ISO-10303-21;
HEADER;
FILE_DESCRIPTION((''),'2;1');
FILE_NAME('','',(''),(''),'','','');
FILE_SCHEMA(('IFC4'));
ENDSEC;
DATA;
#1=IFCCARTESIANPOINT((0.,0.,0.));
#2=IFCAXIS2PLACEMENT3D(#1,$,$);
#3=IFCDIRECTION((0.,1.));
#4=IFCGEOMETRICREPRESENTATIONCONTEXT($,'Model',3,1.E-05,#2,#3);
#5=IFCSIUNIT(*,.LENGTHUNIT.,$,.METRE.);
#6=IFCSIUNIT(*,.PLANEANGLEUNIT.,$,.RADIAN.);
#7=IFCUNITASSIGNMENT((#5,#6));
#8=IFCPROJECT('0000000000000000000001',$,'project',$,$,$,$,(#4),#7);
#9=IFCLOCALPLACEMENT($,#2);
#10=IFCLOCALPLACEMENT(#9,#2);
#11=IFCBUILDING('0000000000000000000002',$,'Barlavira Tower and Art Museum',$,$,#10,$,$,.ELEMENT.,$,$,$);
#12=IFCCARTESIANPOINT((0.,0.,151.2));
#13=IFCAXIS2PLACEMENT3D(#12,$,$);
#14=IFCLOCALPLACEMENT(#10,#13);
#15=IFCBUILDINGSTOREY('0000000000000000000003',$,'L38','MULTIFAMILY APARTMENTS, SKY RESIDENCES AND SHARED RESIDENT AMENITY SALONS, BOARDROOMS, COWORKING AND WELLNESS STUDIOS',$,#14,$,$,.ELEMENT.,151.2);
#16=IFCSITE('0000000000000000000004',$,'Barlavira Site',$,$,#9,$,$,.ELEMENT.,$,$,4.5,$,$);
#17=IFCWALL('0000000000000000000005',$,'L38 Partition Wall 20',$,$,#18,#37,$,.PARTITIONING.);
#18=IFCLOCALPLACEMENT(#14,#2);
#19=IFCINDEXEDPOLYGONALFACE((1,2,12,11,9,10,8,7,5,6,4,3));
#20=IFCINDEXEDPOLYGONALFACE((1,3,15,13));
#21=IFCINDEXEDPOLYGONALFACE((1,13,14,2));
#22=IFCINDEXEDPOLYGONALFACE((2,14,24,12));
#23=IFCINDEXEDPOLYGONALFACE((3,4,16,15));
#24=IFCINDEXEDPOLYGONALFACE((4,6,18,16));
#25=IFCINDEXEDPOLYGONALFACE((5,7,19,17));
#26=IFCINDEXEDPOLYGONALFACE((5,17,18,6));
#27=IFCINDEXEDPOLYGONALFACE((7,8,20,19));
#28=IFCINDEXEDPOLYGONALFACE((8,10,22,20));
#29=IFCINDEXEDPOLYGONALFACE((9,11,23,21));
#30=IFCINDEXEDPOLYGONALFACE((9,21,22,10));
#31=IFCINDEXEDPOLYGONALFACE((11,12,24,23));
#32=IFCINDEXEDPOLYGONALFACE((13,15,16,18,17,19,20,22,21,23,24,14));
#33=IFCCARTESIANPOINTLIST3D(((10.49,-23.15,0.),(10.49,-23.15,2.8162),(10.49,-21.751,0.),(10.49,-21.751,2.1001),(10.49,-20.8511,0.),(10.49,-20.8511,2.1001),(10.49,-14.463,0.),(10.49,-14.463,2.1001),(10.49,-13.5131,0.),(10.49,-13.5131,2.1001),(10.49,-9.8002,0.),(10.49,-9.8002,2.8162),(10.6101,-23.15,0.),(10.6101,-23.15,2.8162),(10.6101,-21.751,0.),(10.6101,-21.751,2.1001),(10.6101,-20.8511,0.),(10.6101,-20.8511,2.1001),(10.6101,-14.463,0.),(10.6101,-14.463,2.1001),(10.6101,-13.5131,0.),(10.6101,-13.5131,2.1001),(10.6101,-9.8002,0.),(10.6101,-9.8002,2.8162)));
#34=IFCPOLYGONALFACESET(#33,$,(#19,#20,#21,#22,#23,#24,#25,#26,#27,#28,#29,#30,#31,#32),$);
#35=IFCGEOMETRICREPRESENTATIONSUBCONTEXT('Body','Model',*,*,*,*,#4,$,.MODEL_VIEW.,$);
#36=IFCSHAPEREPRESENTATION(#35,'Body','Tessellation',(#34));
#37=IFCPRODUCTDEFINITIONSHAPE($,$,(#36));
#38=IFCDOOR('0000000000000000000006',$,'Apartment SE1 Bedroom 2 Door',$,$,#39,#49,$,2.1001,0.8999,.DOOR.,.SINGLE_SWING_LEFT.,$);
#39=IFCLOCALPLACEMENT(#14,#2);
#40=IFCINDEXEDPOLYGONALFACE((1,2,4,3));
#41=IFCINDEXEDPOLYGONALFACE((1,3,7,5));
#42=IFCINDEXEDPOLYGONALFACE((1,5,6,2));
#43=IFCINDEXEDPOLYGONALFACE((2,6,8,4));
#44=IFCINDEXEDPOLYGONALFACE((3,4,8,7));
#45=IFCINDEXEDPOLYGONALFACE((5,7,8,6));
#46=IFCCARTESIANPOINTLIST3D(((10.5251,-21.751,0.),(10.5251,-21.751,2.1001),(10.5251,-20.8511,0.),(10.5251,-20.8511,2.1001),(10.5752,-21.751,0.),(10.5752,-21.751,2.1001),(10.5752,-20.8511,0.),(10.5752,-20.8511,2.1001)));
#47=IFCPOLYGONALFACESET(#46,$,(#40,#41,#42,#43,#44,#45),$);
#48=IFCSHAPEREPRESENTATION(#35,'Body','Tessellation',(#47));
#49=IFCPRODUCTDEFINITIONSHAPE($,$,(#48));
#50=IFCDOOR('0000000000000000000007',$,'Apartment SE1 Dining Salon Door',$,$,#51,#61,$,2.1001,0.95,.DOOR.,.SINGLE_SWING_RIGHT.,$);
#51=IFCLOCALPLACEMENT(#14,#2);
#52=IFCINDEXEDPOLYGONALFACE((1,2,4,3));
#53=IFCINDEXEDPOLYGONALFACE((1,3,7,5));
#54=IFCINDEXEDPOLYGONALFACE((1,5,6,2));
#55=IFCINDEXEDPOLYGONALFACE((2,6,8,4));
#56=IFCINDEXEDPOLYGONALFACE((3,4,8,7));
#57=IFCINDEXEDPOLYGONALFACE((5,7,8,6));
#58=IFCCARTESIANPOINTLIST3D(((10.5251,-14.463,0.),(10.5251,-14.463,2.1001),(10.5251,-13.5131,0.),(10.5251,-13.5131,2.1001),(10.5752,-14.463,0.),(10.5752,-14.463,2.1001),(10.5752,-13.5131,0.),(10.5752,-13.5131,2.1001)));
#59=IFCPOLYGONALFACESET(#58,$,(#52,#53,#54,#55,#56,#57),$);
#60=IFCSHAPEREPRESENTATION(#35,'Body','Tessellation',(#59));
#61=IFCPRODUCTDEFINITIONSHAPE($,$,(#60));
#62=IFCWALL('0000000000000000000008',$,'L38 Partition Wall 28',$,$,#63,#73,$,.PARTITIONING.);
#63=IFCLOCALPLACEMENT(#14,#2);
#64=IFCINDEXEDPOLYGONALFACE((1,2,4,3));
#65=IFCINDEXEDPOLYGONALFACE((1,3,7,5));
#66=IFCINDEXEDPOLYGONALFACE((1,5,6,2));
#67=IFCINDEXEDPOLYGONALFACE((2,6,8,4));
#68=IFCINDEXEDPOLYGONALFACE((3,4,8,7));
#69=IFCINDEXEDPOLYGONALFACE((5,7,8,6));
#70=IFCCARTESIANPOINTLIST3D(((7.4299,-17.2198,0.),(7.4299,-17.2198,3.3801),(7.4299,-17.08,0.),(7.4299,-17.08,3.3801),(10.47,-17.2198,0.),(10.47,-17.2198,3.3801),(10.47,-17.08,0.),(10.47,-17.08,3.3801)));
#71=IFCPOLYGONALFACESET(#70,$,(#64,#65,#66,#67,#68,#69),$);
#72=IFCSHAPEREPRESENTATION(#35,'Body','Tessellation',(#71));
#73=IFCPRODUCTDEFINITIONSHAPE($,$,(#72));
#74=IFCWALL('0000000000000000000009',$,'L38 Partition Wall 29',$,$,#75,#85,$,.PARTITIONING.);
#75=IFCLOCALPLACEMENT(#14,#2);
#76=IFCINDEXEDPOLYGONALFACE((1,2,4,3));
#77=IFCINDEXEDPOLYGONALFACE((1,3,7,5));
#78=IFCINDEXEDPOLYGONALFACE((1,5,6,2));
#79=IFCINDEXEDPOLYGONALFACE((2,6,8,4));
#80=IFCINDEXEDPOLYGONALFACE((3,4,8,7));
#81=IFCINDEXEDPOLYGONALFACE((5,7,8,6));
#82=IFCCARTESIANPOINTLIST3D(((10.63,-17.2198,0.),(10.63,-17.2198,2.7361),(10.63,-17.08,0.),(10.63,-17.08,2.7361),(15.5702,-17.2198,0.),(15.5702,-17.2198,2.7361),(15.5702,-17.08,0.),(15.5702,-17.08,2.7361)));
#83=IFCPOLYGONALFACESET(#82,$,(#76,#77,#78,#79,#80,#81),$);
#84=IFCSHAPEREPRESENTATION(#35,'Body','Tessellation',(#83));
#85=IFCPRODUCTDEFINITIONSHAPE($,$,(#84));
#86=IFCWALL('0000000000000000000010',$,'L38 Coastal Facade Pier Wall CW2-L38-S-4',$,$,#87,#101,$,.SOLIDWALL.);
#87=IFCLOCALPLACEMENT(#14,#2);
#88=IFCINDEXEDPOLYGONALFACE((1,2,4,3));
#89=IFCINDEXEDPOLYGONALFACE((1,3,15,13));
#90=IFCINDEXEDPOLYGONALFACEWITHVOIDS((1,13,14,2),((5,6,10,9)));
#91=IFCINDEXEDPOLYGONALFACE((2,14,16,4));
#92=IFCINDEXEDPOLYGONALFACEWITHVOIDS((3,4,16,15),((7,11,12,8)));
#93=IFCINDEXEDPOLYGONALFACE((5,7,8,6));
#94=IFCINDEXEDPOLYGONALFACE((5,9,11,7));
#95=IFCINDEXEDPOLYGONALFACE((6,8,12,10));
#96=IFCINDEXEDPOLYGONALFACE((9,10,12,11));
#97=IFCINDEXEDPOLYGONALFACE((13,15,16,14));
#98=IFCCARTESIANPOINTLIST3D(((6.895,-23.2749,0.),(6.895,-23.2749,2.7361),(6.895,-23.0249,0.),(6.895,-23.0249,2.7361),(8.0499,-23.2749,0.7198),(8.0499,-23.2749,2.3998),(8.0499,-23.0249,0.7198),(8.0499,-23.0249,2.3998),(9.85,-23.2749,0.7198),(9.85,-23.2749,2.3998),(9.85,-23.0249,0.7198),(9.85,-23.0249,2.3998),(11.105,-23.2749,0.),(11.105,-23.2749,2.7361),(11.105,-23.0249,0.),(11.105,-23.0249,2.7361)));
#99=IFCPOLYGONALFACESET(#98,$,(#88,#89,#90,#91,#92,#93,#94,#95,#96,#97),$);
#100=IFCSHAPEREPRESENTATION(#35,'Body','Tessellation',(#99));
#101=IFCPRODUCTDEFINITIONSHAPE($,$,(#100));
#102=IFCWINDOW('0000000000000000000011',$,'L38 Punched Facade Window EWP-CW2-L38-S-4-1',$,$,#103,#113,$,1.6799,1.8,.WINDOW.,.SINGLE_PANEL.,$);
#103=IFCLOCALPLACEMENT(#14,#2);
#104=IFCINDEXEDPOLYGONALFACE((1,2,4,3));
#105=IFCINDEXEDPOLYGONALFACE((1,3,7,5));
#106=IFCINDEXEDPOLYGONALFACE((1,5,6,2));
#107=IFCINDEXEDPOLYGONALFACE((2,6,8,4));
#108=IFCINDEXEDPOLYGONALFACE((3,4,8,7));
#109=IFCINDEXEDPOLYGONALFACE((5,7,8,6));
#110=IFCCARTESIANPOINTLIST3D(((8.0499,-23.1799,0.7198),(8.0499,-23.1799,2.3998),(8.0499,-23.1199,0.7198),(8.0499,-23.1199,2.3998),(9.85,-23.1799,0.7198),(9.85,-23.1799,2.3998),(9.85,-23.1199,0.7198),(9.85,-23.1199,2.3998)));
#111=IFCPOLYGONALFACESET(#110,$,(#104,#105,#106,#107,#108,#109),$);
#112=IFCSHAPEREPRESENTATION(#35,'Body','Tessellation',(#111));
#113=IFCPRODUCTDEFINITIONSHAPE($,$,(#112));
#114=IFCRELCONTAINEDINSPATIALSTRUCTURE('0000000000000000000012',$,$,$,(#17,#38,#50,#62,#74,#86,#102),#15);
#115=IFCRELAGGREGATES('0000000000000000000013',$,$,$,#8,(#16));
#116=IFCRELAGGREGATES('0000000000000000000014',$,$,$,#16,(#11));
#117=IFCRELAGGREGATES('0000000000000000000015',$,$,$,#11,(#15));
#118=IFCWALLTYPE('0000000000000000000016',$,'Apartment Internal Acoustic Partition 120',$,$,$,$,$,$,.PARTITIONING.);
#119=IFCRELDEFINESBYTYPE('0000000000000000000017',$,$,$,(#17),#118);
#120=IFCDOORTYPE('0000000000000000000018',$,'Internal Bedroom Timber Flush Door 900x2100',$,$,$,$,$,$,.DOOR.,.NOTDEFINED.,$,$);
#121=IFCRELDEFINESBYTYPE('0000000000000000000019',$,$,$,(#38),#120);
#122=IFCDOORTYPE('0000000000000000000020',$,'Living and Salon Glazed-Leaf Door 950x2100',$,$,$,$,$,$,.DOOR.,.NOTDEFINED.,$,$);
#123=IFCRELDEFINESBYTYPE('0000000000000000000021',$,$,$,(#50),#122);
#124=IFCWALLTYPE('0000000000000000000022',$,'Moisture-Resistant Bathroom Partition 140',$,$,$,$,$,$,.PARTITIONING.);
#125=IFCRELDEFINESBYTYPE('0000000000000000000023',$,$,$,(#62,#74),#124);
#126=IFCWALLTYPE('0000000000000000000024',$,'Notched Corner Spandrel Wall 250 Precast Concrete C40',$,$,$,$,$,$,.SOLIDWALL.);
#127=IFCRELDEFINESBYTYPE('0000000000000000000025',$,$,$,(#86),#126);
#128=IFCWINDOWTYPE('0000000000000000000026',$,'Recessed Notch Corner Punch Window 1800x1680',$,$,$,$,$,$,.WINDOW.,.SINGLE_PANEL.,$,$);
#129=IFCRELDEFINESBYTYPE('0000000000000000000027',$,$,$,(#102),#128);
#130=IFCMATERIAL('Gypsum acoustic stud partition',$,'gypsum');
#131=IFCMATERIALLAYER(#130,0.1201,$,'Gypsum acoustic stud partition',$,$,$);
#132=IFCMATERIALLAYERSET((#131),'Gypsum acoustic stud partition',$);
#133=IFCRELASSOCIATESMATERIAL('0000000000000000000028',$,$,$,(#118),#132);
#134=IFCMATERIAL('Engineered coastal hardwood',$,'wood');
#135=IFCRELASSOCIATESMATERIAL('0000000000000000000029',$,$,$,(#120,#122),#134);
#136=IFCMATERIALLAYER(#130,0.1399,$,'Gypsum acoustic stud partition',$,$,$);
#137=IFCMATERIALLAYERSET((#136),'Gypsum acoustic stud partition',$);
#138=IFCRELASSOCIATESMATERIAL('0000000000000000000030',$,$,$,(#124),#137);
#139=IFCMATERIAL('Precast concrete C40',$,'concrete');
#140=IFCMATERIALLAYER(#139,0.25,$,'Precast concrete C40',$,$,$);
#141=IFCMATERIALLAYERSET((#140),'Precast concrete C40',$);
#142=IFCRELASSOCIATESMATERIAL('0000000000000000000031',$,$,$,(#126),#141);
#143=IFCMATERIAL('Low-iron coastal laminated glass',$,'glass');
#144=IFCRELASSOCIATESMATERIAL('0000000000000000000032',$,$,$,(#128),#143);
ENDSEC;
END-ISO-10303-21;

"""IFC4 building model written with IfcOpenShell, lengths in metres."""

from ifc_helpers import new_model, si_unit, direction, frame, frame_2d, origin, place, context, subcontext, project, spatial, rectangle, extrude, material, layer, layer_set, type_object, element, fill, save


model = new_model("IFC4")

# Units and contexts
model_context = context("Model", 3, precision=1e-05, world=origin(), true_north=direction((0.0, 1.0)))
body_context = subcontext(model_context, "Body", "Model", "MODEL_VIEW")
ifc_project = project(units=[si_unit("LENGTHUNIT", "METRE"), si_unit("PLANEANGLEUNIT", "RADIAN")], contexts=[model_context])

# Site, building, storey
site_placement = place(None, origin())
site = spatial("IfcSite", under=ifc_project, at=site_placement, Name="Barlavira Site", CompositionType="ELEMENT", RefElevation=4.5)
building_placement = place(site_placement, origin())
building = spatial("IfcBuilding", under=site, at=building_placement, Name="Barlavira Tower and Art Museum", CompositionType="ELEMENT")
storey_placement = place(building_placement, frame((0.0, 0.0, 151.2)))
storey = spatial("IfcBuildingStorey", under=building, at=storey_placement, Name="L38", Description="MULTIFAMILY APARTMENTS, SKY RESIDENCES AND SHARED RESIDENT AMENITY SALONS, BOARDROOMS, COWORKING AND WELLNESS STUDIOS", CompositionType="ELEMENT", Elevation=151.2)

# Wall, openings, doors
ifc_material_1 = material(Name="Gypsum acoustic stud partition", Category="gypsum")
ifc_layer_1 = layer(ifc_material_1, 0.1201, Name="Gypsum acoustic stud partition")
ifc_layer_set_1 = layer_set([ifc_layer_1], Name="Gypsum acoustic stud partition")
wall_type_1 = type_object("IfcWallType", Name="Apartment Internal Acoustic Partition 120", PredefinedType="PARTITIONING", material=ifc_layer_set_1)
ifc_material_2 = material(Name="Engineered coastal hardwood", Category="wood")
door_type_1 = type_object("IfcDoorType", Name="Internal Bedroom Timber Flush Door 900x2100", OperationType="NOTDEFINED", PredefinedType="DOOR", material=ifc_material_2)
door_type_2 = type_object("IfcDoorType", Name="Living and Salon Glazed-Leaf Door 950x2100", OperationType="NOTDEFINED", PredefinedType="DOOR", material=ifc_material_2)
wall_1_placement = place(storey_placement, frame((10.55, -23.1499, 0.0), z_axis=(0.0, 0.0, 1.0), x_axis=(0.0, 1.0, 0.0)))
wall_1 = element("IfcWall", 1, at=wall_1_placement, inside=storey, type_object=wall_type_1, Name="L38 Partition Wall 20", PredefinedType="PARTITIONING", context=body_context, shape_type="SweptSolid", body=[
    extrude(rectangle(XDim=13.3499, YDim=0.1201, at=frame_2d((6.6748, 0.0))), origin(), (0.0, 0.0, 1.0), 2.8162),
])
opening_1_placement = place(wall_1_placement, frame((8.6868, 0.0, 0.0)))
opening_1 = element("IfcOpeningElement", 2, at=opening_1_placement, cuts=wall_1, PredefinedType="OPENING", context=body_context, shape_type="SweptSolid", body=[
    extrude(rectangle(XDim=0.95, YDim=2.1001, at=frame_2d((0.4751, 1.05))), frame((0.0, 0.0701, 0.0), z_axis=(0.0, -1.0, 0.0), x_axis=(1.0, 0.0, 0.0)), (0.0, 0.0, 1.0), 0.1401),
])
opening_2_placement = place(wall_1_placement, frame((1.3989, 0.0, 0.0)))
opening_2 = element("IfcOpeningElement", 3, at=opening_2_placement, cuts=wall_1, PredefinedType="OPENING", context=body_context, shape_type="SweptSolid", body=[
    extrude(rectangle(XDim=0.8999, YDim=2.1001, at=frame_2d((0.45, 1.05))), frame((0.0, 0.0701, 0.0), z_axis=(0.0, -1.0, 0.0), x_axis=(1.0, 0.0, 0.0)), (0.0, 0.0, 1.0), 0.1401),
])
door_1_placement = place(opening_2_placement, origin())
door_1 = element("IfcDoor", 4, at=door_1_placement, inside=storey, type_object=door_type_1, Name="Apartment SE1 Bedroom 2 Door", OperationType="SINGLE_SWING_LEFT", OverallHeight=2.1001, OverallWidth=0.8999, PredefinedType="DOOR", context=body_context, shape_type="SweptSolid", body=[
    extrude(rectangle(XDim=0.8999, YDim=2.1001, at=frame_2d((0.45, 1.05))), frame((0.0, 0.0249, 0.0), z_axis=(0.0, -1.0, 0.0), x_axis=(1.0, 0.0, 0.0)), (0.0, 0.0, 1.0), 0.05),
])
fill(opening_2, door_1)
door_2_placement = place(opening_1_placement, origin())
door_2 = element("IfcDoor", 5, at=door_2_placement, inside=storey, type_object=door_type_2, Name="Apartment SE1 Dining Salon Door", OperationType="SINGLE_SWING_RIGHT", OverallHeight=2.1001, OverallWidth=0.95, PredefinedType="DOOR", context=body_context, shape_type="SweptSolid", body=[
    extrude(rectangle(XDim=0.95, YDim=2.1001, at=frame_2d((0.4751, 1.05))), frame((0.0, 0.0249, 0.0), z_axis=(0.0, -1.0, 0.0), x_axis=(1.0, 0.0, 0.0)), (0.0, 0.0, 1.0), 0.05),
])
fill(opening_1, door_2)

# Walls
ifc_layer_2 = layer(ifc_material_1, 0.1399, Name="Gypsum acoustic stud partition")
ifc_layer_set_2 = layer_set([ifc_layer_2], Name="Gypsum acoustic stud partition")
wall_type_2 = type_object("IfcWallType", Name="Moisture-Resistant Bathroom Partition 140", PredefinedType="PARTITIONING", material=ifc_layer_set_2)
wall_2_placement = place(storey_placement, frame((7.4299, -17.1499, 0.0), z_axis=(0.0, 0.0, 1.0), x_axis=(1.0, 0.0, 0.0)))
element("IfcWall", 6, at=wall_2_placement, inside=storey, type_object=wall_type_2, Name="L38 Partition Wall 28", PredefinedType="PARTITIONING", context=body_context, shape_type="SweptSolid", body=[
    extrude(rectangle(XDim=3.04, YDim=0.1399, at=frame_2d((1.52, 0.0))), origin(), (0.0, 0.0, 1.0), 3.3801),
])
wall_3_placement = place(storey_placement, frame((10.6299, -17.1499, 0.0), z_axis=(0.0, 0.0, 1.0), x_axis=(1.0, 0.0, 0.0)))
element("IfcWall", 7, at=wall_3_placement, inside=storey, type_object=wall_type_2, Name="L38 Partition Wall 29", PredefinedType="PARTITIONING", context=body_context, shape_type="SweptSolid", body=[
    extrude(rectangle(XDim=4.9402, YDim=0.1399, at=frame_2d((2.4702, 0.0))), origin(), (0.0, 0.0, 1.0), 2.7361),
])

# Wall, opening, window
ifc_material_3 = material(Name="Precast concrete C40", Category="concrete")
ifc_layer_3 = layer(ifc_material_3, 0.25, Name="Precast concrete C40")
ifc_layer_set_3 = layer_set([ifc_layer_3], Name="Precast concrete C40")
wall_type_3 = type_object("IfcWallType", Name="Notched Corner Spandrel Wall 250 Precast Concrete C40", PredefinedType="SOLIDWALL", material=ifc_layer_set_3)
wall_4_placement = place(storey_placement, frame((6.895, -23.1499, 0.0), z_axis=(0.0, 0.0, 1.0), x_axis=(1.0, 0.0, 0.0)))
wall_4 = element("IfcWall", 8, at=wall_4_placement, inside=storey, type_object=wall_type_3, Name="L38 Coastal Facade Pier Wall CW2-L38-S-4", PredefinedType="SOLIDWALL", context=body_context, shape_type="SweptSolid", body=[
    extrude(rectangle(XDim=4.21, YDim=0.25, at=frame_2d((2.105, 0.0))), origin(), (0.0, 0.0, 1.0), 2.7361),
])
opening_3_placement = place(wall_4_placement, frame((1.155, 0.0, 0.72)))
opening_3 = element("IfcOpeningElement", 9, at=opening_3_placement, cuts=wall_4, PredefinedType="OPENING", context=body_context, shape_type="SweptSolid", body=[
    extrude(rectangle(XDim=1.8, YDim=1.6799, at=frame_2d((0.8999, 0.8398))), frame((0.0, 0.135, 0.0), z_axis=(0.0, -1.0, 0.0), x_axis=(1.0, 0.0, 0.0)), (0.0, 0.0, 1.0), 0.27),
])
ifc_material_4 = material(Name="Low-iron coastal laminated glass", Category="glass")
window_type = type_object("IfcWindowType", Name="Recessed Notch Corner Punch Window 1800x1680", PartitioningType="SINGLE_PANEL", PredefinedType="WINDOW", material=ifc_material_4)
window_placement = place(opening_3_placement, origin())
window = element("IfcWindow", 10, at=window_placement, inside=storey, type_object=window_type, Name="L38 Punched Facade Window EWP-CW2-L38-S-4-1", OverallHeight=1.6799, OverallWidth=1.8, PartitioningType="SINGLE_PANEL", PredefinedType="WINDOW", context=body_context, shape_type="SweptSolid", body=[
    extrude(rectangle(XDim=1.8, YDim=1.6799, at=frame_2d((0.8999, 0.8398))), frame((0.0, 0.03, 0.0), z_axis=(0.0, -1.0, 0.0), x_axis=(1.0, 0.0, 0.0)), (0.0, 0.0, 1.0), 0.0601),
])
fill(opening_3, window)

save(model, "model.ifc")
